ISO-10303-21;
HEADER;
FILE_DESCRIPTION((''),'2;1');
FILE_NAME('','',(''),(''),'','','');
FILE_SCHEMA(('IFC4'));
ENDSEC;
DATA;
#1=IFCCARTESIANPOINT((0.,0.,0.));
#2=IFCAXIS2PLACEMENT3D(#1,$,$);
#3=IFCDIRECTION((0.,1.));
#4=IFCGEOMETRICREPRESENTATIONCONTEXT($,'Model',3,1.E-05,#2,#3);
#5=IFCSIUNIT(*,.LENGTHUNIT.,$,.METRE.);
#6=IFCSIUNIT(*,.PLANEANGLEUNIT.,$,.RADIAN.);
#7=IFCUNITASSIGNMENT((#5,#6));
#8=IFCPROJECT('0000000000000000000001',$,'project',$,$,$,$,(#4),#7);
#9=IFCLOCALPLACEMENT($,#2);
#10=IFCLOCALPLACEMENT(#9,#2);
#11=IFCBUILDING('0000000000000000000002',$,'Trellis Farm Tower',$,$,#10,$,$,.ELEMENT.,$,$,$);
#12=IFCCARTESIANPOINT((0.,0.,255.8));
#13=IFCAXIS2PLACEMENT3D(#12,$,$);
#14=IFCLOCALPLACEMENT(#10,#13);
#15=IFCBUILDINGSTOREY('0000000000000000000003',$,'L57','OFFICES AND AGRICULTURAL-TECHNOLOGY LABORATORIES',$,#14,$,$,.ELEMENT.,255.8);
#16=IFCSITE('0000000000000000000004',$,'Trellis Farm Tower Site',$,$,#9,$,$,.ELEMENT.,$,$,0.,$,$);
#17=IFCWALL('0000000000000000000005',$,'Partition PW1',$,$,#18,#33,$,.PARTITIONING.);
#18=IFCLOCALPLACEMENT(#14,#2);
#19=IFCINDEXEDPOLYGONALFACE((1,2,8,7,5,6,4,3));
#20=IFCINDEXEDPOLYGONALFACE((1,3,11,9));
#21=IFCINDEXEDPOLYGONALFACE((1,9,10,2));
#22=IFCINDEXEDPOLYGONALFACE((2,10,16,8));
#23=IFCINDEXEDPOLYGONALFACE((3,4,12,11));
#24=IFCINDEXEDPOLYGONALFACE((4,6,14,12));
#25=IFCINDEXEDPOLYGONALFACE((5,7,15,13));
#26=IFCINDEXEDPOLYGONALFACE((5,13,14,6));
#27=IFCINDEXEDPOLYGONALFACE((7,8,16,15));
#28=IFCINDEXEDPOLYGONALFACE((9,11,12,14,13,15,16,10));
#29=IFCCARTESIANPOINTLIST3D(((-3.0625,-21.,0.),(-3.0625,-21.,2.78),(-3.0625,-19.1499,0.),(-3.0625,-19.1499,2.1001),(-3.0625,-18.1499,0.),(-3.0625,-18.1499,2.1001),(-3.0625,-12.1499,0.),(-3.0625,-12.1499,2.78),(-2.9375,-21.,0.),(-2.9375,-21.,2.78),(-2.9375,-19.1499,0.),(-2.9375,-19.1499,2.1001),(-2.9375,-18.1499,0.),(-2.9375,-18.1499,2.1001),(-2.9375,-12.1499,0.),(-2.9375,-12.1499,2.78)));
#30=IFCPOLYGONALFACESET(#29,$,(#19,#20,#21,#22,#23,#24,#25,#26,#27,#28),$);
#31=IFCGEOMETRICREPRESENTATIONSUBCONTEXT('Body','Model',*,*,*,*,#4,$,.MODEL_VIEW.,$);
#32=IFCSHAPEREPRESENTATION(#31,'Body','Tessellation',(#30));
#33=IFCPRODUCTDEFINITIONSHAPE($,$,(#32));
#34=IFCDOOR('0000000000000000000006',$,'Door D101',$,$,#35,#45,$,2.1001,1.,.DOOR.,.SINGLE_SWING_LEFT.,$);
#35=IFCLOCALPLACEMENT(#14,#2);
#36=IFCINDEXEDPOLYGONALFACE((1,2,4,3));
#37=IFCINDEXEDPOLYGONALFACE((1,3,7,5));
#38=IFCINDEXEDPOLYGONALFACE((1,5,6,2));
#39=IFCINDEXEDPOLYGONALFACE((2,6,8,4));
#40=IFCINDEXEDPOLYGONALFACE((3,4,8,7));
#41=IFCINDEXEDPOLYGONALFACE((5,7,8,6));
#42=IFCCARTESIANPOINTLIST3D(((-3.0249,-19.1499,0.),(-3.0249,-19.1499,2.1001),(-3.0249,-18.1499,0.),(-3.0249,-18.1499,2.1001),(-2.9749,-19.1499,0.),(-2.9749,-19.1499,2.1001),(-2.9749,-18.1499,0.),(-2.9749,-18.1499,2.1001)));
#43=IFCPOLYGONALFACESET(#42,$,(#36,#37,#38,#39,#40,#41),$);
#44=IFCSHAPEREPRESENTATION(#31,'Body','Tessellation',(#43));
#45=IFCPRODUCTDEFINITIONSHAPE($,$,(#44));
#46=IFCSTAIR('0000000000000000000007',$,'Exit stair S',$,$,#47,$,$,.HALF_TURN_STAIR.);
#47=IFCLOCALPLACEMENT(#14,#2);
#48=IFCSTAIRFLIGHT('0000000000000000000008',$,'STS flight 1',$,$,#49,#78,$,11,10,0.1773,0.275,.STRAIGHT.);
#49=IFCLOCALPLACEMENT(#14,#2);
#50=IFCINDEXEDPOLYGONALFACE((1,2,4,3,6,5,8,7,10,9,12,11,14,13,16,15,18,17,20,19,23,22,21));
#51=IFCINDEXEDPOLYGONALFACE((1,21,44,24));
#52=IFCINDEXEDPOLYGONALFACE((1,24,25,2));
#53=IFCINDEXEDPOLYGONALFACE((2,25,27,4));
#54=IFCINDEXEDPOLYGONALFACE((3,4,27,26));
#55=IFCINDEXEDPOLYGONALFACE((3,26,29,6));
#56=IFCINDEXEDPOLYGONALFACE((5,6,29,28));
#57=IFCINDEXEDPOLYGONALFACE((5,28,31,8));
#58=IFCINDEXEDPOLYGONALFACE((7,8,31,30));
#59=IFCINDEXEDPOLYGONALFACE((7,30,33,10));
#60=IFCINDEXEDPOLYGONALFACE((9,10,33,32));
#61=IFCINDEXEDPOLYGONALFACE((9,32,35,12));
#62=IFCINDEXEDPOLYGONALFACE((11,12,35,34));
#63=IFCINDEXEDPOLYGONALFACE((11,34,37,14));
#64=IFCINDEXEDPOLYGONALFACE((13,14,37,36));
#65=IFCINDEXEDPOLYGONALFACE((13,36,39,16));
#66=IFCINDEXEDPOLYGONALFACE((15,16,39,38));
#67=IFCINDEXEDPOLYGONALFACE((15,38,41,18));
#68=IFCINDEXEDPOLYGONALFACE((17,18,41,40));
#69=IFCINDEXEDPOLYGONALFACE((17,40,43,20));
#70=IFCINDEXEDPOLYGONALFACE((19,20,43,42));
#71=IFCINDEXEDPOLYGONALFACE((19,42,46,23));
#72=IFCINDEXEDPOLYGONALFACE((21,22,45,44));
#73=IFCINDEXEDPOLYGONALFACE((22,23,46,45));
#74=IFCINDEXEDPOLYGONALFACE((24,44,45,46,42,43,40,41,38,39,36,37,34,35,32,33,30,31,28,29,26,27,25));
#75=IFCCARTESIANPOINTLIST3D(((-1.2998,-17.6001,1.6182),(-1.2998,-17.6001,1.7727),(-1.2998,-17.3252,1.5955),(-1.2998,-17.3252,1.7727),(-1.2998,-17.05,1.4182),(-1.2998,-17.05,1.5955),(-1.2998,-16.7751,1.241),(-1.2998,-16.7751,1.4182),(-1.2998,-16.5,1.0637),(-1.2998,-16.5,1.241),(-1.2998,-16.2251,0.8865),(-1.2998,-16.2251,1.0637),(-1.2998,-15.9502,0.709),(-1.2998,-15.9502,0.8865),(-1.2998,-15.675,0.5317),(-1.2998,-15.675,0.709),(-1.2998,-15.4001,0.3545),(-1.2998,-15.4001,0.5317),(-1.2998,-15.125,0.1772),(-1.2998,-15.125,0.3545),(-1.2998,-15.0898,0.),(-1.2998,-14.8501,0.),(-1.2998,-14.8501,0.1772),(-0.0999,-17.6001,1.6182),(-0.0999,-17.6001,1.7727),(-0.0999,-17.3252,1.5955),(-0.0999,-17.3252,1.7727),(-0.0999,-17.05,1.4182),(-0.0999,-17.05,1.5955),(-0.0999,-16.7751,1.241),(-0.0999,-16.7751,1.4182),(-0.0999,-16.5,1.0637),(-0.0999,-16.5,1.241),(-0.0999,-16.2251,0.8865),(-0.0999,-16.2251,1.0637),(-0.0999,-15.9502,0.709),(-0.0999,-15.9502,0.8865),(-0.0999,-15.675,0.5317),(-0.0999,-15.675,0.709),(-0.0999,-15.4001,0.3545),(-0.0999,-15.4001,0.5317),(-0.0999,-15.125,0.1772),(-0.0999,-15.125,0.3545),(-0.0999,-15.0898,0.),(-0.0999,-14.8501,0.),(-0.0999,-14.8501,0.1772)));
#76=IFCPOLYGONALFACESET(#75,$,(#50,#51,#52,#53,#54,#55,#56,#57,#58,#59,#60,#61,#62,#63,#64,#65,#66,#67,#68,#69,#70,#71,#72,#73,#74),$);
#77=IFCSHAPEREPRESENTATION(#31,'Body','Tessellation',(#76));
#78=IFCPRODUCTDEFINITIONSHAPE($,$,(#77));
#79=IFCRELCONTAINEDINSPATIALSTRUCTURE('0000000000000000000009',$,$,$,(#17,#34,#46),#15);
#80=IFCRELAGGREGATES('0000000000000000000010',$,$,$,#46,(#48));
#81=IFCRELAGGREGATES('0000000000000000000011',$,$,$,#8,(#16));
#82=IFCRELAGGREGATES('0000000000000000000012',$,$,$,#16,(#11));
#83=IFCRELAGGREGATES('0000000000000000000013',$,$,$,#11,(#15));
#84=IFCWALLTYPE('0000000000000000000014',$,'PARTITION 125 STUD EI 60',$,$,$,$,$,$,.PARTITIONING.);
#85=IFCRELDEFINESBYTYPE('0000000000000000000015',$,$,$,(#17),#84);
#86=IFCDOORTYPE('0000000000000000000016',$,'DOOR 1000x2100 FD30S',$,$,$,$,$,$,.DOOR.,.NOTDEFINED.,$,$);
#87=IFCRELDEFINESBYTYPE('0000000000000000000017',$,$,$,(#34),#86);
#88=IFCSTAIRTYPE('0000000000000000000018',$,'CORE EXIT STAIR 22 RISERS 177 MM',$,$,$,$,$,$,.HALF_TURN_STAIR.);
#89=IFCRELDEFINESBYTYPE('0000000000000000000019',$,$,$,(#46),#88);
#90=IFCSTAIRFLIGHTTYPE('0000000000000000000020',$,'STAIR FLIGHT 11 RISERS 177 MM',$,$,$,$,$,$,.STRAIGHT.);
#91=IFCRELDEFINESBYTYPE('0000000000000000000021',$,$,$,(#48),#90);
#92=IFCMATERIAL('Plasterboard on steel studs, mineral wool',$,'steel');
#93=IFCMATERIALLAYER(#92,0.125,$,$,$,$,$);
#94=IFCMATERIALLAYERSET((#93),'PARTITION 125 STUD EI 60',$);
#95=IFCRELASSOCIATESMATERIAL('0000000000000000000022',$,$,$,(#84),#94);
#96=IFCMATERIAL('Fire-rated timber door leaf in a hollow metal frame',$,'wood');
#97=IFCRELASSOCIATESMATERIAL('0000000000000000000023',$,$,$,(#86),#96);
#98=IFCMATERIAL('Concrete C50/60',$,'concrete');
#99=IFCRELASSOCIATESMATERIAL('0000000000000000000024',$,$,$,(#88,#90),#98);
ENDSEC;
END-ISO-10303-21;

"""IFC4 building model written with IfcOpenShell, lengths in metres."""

from ifc_helpers import new_model, si_unit, direction, frame, frame_2d, origin, place, context, subcontext, project, spatial, polyline, rectangle, outline, extrude, source, transform, mapped, material, layer, layer_set, type_object, element, fill, aggregate, save


model = new_model("IFC4")

# Units and contexts
model_context = context("Model", 3, precision=1e-05, world=origin(), true_north=direction((0.0, 1.0)))
body_context = subcontext(model_context, "Body", "Model", "MODEL_VIEW")
ifc_project = project(units=[si_unit("LENGTHUNIT", "METRE"), si_unit("PLANEANGLEUNIT", "RADIAN")], contexts=[model_context])

# Site, building, storey
site_placement = place(None, origin())
site = spatial("IfcSite", under=ifc_project, at=site_placement, Name="Trellis Farm Tower Site", CompositionType="ELEMENT", RefElevation=0.0)
building_placement = place(site_placement, origin())
building = spatial("IfcBuilding", under=site, at=building_placement, Name="Trellis Farm Tower", CompositionType="ELEMENT")
storey_placement = place(building_placement, frame((0.0, 0.0, 255.8)))
storey = spatial("IfcBuildingStorey", under=building, at=storey_placement, Name="L57", Description="OFFICES AND AGRICULTURAL-TECHNOLOGY LABORATORIES", CompositionType="ELEMENT", Elevation=255.8)

# Shared definitions
placement = place(storey_placement, origin())

# Shared definitions
ifc_material_1 = material(Name="Plasterboard on steel studs, mineral wool", Category="steel")
ifc_layer_1 = layer(ifc_material_1, 0.125)
ifc_layer_set_1 = layer_set([ifc_layer_1], Name="PARTITION 125 STUD EI 60")
wall_type_1 = type_object("IfcWallType", Name="PARTITION 125 STUD EI 60", PredefinedType="PARTITIONING", material=ifc_layer_set_1)
shared_shape_1 = source(origin(), body_context, "Body", "SweptSolid", [
    extrude(rectangle(XDim=1.0, YDim=2.1001, at=frame_2d((0.5, 1.05))), frame((0.0, 0.0725, 0.0), z_axis=(0.0, -1.0, 0.0), x_axis=(1.0, 0.0, 0.0)), (0.0, 0.0, 1.0), 0.145),
])
ifc_material_2 = material(Name="Fire-rated timber door leaf in a hollow metal frame", Category="wood")
door_type = type_object("IfcDoorType", Name="DOOR 1000x2100 FD30S", OperationType="NOTDEFINED", PredefinedType="DOOR", material=ifc_material_2)
shared_shape_2 = source(origin(), body_context, "Body", "SweptSolid", [
    extrude(rectangle(XDim=1.0, YDim=2.1001, at=frame_2d((0.5, 1.05))), frame((0.0, 0.0249, 0.0), z_axis=(0.0, -1.0, 0.0), x_axis=(1.0, 0.0, 0.0)), (0.0, 0.0, 1.0), 0.05),
])

# Wall, opening, door
shared_shape_3 = source(origin(), body_context, "Body", "SweptSolid", [
    extrude(rectangle(XDim=8.8501, YDim=0.125, at=frame_2d((4.425, 0.0))), origin(), (0.0, 0.0, 1.0), 2.78),
])
wall_1_placement = place(storey_placement, frame((-3.0, -21.0, 0.0), z_axis=(0.0, 0.0, 1.0), x_axis=(0.0, 1.0, 0.0)))
wall_1 = element("IfcWall", 1, at=wall_1_placement, inside=storey, type_object=wall_type_1, Name="Partition PW1", PredefinedType="PARTITIONING", context=body_context, shape_type="MappedRepresentation", body=[
    mapped(shared_shape_3, transform((0.0, 0.0, 0.0))),
])
opening_1_placement = place(wall_1_placement, frame((1.8501, 0.0, 0.0)))
opening_1 = element("IfcOpeningElement", 2, at=opening_1_placement, cuts=wall_1, PredefinedType="OPENING", context=body_context, shape_type="MappedRepresentation", body=[
    mapped(shared_shape_1, transform((0.0, 0.0, 0.0))),
])
door_1_placement = place(opening_1_placement, origin())
door_1 = element("IfcDoor", 3, at=door_1_placement, inside=storey, type_object=door_type, Name="Door D101", OperationType="SINGLE_SWING_LEFT", OverallHeight=2.1001, OverallWidth=1.0, PredefinedType="DOOR", context=body_context, shape_type="MappedRepresentation", body=[
    mapped(shared_shape_2, transform((0.0, 0.0, 0.0))),
])
fill(opening_1, door_1)

# Stair, stair flight
ifc_material_3 = material(Name="Concrete C50/60", Category="concrete")
stair_type = type_object("IfcStairType", Name="CORE EXIT STAIR 22 RISERS 177 MM", PredefinedType="HALF_TURN_STAIR", material=ifc_material_3)
stair = element("IfcStair", 4, at=placement, inside=storey, type_object=stair_type, Name="Exit stair S", PredefinedType="HALF_TURN_STAIR")
stair_flight_type = type_object("IfcStairFlightType", Name="STAIR FLIGHT 11 RISERS 177 MM", PredefinedType="STRAIGHT", material=ifc_material_3)
shared_shape_4 = source(origin(), body_context, "Body", "SweptSolid", [
    extrude(outline(polyline([(0.0, 0.0), (0.0, 0.1772), (0.2749, 0.1772), (0.2749, 0.3545), (0.55, 0.3545), (0.55, 0.5317), (0.825, 0.5317), (0.825, 0.709), (1.1001, 0.709), (1.1001, 0.8865), (1.375, 0.8865), (1.375, 1.0637), (1.6499, 1.0637), (1.6499, 1.241), (1.925, 1.241), (1.925, 1.4182), (2.2, 1.4182), (2.2, 1.5955), (2.4751, 1.5955), (2.4751, 1.7727), (2.75, 1.7727), (2.75, 1.95), (2.75, 1.6182), (0.2397, 0.0), (0.0, 0.0)])), frame((0.0, 0.6001, 0.0), z_axis=(0.0, -1.0, 0.0), x_axis=(1.0, 0.0, 0.0)), (0.0, 0.0, 1.0), 1.2),
])
stair_flight_placement = place(storey_placement, frame((-0.7, -14.8501, 0.0), z_axis=(0.0, 0.0, 1.0), x_axis=(0.0, -1.0, 0.0)))
stair_flight = element("IfcStairFlight", 5, at=stair_flight_placement, type_object=stair_flight_type, Name="STS flight 1", NumberOfRisers=11, NumberOfTreads=10, PredefinedType="STRAIGHT", RiserHeight=0.1773, TreadLength=0.275, context=body_context, shape_type="MappedRepresentation", body=[
    mapped(shared_shape_4, transform((0.0, 0.0, 0.0))),
])
aggregate(stair, [stair_flight])

save(model, "model.ifc")
